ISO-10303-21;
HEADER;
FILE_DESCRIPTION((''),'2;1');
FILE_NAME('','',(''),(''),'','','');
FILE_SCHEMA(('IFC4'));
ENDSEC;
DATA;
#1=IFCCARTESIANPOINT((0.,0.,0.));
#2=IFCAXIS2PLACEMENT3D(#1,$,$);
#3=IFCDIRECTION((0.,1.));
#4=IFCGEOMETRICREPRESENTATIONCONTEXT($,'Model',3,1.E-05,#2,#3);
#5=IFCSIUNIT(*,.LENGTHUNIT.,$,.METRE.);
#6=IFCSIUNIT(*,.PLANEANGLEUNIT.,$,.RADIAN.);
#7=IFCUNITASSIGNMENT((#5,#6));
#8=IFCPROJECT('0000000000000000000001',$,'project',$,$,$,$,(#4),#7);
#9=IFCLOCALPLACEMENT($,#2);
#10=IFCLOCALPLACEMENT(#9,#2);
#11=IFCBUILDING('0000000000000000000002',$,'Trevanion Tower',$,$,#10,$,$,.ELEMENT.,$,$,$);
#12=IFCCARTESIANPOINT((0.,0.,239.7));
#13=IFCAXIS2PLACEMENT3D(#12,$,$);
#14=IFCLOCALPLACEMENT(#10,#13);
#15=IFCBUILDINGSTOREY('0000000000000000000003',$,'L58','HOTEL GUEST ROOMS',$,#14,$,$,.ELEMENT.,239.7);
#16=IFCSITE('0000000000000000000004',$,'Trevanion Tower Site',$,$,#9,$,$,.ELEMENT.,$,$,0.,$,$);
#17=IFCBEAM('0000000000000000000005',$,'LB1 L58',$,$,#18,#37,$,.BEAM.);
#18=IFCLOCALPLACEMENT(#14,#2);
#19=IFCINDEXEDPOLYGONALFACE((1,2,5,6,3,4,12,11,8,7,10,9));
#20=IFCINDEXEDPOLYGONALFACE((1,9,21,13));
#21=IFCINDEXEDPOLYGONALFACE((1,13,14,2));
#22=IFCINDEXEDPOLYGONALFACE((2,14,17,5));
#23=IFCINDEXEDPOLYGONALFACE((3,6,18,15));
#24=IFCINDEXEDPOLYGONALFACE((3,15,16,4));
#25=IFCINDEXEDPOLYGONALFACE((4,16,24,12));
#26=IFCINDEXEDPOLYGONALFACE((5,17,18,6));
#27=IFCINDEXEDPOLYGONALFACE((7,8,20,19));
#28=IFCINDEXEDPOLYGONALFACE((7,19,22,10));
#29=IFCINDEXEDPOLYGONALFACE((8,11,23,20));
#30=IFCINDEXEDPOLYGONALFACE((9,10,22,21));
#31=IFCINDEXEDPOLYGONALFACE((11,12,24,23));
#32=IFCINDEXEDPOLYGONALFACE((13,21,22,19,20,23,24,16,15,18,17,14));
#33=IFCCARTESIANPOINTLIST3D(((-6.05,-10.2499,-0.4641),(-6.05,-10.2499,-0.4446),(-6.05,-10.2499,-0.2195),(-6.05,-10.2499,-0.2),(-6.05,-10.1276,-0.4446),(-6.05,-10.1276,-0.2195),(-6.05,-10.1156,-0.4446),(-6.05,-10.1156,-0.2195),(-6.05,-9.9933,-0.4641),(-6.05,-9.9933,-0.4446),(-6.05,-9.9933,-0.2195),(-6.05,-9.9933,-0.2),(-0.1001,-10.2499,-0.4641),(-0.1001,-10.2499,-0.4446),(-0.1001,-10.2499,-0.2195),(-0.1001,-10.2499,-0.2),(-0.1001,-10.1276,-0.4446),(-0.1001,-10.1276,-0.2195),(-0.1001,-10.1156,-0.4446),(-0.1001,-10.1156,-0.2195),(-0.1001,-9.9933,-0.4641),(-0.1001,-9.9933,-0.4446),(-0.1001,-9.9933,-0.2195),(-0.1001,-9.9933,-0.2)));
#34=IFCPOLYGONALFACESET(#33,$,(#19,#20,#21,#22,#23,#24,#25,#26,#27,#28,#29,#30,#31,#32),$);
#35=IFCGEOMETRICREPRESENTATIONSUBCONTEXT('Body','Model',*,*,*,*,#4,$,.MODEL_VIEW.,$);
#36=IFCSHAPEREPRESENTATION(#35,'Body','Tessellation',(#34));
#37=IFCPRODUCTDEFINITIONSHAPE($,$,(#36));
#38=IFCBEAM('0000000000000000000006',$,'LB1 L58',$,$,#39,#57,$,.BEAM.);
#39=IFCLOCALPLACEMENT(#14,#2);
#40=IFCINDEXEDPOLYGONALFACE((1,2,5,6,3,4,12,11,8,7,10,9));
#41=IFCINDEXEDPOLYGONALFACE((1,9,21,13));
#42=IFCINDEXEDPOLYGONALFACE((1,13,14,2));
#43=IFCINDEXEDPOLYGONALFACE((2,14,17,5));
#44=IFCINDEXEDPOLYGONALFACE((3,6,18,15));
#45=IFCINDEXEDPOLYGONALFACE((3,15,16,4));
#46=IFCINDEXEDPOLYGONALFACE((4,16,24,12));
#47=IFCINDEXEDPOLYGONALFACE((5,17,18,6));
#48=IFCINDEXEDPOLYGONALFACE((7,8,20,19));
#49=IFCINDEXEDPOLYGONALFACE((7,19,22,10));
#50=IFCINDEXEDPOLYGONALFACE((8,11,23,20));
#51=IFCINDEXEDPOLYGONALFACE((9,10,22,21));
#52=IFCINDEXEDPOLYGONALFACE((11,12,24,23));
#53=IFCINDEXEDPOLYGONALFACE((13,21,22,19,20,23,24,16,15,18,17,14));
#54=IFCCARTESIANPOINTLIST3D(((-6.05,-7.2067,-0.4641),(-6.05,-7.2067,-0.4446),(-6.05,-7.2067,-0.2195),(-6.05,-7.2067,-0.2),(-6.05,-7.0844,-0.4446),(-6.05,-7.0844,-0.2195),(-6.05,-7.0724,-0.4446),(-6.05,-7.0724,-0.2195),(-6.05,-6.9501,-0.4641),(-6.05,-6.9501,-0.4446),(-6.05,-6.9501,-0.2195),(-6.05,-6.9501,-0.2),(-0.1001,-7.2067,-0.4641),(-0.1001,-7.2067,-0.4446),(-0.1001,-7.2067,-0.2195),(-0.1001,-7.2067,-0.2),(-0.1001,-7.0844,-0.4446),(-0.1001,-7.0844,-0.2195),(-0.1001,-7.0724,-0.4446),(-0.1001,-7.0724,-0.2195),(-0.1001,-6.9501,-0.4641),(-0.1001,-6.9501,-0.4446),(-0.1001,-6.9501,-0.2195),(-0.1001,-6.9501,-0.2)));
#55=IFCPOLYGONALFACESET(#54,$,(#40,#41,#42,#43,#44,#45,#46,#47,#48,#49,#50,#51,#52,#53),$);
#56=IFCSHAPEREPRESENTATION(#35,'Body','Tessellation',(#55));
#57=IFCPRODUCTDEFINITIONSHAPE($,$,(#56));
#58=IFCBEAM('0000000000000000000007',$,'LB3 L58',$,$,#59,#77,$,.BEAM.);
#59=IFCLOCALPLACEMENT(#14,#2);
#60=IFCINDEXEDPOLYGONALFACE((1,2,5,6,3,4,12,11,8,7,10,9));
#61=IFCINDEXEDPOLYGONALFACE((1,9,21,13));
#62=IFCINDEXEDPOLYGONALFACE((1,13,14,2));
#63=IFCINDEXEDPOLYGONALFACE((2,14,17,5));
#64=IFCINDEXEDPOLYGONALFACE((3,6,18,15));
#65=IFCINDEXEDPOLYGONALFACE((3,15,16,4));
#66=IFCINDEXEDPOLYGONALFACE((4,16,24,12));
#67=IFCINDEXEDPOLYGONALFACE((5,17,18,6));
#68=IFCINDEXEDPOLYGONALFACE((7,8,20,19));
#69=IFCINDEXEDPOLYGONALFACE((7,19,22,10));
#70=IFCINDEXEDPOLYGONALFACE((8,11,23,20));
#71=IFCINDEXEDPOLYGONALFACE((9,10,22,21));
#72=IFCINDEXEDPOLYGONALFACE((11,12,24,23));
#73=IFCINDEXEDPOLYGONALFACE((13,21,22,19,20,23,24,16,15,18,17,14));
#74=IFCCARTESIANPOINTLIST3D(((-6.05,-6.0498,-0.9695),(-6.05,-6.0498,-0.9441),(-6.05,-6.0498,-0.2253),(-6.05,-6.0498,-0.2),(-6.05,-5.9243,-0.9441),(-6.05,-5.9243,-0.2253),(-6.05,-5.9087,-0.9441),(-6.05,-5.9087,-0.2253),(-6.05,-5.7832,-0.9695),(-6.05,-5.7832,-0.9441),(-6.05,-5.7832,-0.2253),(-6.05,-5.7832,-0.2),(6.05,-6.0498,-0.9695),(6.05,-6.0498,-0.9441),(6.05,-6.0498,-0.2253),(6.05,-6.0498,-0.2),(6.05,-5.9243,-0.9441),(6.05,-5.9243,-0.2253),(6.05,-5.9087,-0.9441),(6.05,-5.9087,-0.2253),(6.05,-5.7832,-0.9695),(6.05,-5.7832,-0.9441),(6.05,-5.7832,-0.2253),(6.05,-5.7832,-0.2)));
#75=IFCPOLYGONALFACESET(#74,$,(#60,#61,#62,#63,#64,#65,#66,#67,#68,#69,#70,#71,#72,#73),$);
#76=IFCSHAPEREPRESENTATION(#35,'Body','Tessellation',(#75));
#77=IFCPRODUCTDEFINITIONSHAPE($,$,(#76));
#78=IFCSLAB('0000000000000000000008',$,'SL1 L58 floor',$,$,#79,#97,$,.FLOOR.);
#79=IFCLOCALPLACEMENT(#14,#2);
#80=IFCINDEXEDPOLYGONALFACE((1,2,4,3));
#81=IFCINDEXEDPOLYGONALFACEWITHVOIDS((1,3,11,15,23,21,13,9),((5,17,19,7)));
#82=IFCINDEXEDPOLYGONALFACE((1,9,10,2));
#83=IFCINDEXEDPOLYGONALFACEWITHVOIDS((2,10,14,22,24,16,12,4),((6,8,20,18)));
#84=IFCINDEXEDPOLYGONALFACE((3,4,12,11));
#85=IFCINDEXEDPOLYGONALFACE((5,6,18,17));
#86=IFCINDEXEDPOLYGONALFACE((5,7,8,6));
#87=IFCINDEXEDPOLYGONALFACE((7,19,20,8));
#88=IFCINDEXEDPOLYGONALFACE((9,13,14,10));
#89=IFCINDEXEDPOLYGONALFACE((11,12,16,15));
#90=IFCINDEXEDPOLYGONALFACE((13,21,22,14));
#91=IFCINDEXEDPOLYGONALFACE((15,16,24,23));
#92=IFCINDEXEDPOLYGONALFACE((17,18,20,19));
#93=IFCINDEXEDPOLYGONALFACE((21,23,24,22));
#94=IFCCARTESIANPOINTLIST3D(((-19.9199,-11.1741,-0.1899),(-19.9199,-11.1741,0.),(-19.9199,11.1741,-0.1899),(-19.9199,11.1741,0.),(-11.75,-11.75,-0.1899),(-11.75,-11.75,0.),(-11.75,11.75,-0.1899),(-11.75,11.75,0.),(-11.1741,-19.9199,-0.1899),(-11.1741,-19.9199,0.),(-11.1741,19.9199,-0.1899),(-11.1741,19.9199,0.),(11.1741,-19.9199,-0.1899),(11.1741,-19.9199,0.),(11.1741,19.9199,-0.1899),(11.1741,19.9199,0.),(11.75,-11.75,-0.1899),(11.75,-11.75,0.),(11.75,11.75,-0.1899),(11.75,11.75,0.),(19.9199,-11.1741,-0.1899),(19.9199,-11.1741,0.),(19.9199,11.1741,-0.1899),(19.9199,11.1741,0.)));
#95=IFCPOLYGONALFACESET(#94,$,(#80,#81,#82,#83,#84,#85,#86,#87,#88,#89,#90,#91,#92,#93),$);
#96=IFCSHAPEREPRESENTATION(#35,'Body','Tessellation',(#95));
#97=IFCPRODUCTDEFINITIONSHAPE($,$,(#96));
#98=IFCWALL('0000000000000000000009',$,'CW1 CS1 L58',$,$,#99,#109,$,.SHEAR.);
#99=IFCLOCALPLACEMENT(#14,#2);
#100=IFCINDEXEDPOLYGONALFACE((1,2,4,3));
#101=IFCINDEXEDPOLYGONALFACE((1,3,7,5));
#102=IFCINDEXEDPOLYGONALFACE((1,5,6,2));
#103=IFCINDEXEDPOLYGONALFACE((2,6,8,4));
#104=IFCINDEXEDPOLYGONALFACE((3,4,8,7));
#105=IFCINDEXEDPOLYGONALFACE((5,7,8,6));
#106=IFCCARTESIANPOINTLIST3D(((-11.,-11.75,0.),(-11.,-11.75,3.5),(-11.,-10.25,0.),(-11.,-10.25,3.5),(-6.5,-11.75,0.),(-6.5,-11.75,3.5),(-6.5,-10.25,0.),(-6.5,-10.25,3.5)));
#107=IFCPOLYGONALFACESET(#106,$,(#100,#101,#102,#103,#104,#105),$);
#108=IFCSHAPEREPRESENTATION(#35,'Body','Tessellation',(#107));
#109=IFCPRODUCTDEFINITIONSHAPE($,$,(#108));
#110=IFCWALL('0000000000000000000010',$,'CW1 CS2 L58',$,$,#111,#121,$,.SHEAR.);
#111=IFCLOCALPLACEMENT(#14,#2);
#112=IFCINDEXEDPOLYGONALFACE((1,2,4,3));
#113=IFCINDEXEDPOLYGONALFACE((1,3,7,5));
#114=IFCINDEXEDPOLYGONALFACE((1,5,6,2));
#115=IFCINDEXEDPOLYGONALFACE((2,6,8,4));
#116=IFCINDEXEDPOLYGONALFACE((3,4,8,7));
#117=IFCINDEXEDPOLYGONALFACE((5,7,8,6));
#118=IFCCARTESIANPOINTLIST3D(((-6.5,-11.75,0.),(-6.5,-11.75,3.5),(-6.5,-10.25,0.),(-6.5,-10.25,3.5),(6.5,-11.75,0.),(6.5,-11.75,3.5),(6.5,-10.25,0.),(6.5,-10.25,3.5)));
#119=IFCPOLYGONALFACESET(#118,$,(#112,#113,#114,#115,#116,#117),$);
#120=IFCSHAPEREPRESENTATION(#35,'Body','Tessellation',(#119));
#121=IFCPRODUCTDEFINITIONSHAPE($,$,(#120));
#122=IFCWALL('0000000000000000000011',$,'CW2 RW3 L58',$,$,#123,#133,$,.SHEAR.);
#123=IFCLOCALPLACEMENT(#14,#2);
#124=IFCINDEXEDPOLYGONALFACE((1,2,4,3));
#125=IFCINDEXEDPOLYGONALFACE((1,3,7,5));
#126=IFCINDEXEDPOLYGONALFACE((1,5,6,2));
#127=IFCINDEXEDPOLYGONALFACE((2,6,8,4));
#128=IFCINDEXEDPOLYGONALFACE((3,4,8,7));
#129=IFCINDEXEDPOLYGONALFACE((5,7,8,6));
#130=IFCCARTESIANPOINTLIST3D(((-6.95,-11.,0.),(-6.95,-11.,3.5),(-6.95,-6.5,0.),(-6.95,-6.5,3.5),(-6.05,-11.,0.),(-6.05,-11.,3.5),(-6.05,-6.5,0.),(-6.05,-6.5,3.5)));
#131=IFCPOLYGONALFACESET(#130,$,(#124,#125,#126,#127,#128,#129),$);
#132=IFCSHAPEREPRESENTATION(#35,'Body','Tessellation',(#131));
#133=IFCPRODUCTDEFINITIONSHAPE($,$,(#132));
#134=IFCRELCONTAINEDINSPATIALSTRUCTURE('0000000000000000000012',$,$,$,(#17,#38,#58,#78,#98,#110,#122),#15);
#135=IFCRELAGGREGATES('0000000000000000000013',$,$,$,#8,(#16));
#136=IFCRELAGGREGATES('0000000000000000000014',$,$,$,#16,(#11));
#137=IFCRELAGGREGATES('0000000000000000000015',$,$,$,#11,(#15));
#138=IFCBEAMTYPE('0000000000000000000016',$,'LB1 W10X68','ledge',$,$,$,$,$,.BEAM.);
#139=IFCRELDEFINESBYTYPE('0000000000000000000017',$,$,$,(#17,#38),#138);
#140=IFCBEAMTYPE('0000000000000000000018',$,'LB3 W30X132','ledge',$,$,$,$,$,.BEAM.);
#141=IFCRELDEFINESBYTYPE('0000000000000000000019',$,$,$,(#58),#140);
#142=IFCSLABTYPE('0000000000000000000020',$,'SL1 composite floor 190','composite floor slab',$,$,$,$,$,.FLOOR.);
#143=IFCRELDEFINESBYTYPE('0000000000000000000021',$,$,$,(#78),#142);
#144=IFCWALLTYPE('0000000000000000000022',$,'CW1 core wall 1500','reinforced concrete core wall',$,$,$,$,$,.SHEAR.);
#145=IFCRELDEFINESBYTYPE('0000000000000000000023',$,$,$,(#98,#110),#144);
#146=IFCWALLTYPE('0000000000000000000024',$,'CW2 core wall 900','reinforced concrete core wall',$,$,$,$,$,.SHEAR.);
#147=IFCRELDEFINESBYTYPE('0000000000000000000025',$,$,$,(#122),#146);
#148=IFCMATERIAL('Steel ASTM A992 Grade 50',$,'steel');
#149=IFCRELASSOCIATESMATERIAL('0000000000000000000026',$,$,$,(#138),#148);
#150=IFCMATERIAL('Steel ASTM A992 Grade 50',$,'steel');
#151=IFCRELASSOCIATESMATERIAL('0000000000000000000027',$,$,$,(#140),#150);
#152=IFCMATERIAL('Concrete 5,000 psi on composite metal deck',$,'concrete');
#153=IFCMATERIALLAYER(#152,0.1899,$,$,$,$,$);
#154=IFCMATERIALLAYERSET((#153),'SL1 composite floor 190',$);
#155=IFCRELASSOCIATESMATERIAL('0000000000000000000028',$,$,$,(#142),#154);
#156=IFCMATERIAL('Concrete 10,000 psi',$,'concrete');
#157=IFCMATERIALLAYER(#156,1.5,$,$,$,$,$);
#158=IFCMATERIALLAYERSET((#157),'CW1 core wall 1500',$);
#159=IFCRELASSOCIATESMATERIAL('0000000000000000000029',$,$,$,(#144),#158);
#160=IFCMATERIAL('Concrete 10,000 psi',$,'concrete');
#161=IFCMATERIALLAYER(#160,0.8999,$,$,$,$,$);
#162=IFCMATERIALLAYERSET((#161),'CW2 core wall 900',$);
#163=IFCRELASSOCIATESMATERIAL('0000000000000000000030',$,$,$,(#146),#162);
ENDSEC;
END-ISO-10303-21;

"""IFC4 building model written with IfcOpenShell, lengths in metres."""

from ifc_helpers import new_model, si_unit, direction, frame, frame_2d, origin, origin_2d, place, context, subcontext, project, spatial, polyline, rectangle, i_section, outline, extrude, material, layer, layer_set, material_profile, profile_set, type_object, element, save


model = new_model("IFC4")

# Units and contexts
model_context = context("Model", 3, precision=1e-05, world=origin(), true_north=direction((0.0, 1.0)))
body_context = subcontext(model_context, "Body", "Model", "MODEL_VIEW")
ifc_project = project(units=[si_unit("LENGTHUNIT", "METRE"), si_unit("PLANEANGLEUNIT", "RADIAN")], contexts=[model_context])

# Site, building, storey
site_placement = place(None, origin())
site = spatial("IfcSite", under=ifc_project, at=site_placement, Name="Trevanion Tower Site", CompositionType="ELEMENT", RefElevation=0.0)
building_placement = place(site_placement, origin())
building = spatial("IfcBuilding", under=site, at=building_placement, Name="Trevanion Tower", CompositionType="ELEMENT")
storey_placement = place(building_placement, frame((0.0, 0.0, 239.7)))
storey = spatial("IfcBuildingStorey", under=building, at=storey_placement, Name="L58", Description="HOTEL GUEST ROOMS", CompositionType="ELEMENT", Elevation=239.7)

# Beams
ifc_material_1 = material(Name="Steel ASTM A992 Grade 50", Category="steel")
ifc_material_profile_1 = material_profile(ifc_material_1, i_section(OverallWidth=0.2566, OverallDepth=0.2642, WebThickness=0.012, FlangeThickness=0.0195, at=origin_2d()), Name="W10X68")
ifc_profile_set_1 = profile_set([ifc_material_profile_1], Name="Steel ASTM A992 Grade 50")
beam_type_1 = type_object("IfcBeamType", Name="LB1 W10X68", Description="ledge", PredefinedType="BEAM", material=ifc_profile_set_1)
for number, where, z_axis, x_axis, name in (
    (1, (-6.05, -10.1216, -0.332), (1.0, 0.0, 0.0), (0.0, 1.0, 0.0), "LB1 L58"),
    (2, (-6.05, -7.0784, -0.332), (1.0, 0.0, 0.0), (0.0, 1.0, 0.0), "LB1 L58"),
):
    element("IfcBeam", number, at=place(storey_placement, frame(where, z_axis=z_axis, x_axis=x_axis)), inside=storey, type_object=beam_type_1, Name=name, PredefinedType="BEAM", context=body_context, shape_type="SweptSolid", body=[
        extrude(i_section(OverallWidth=0.2566, OverallDepth=0.2642, WebThickness=0.012, FlangeThickness=0.0195, at=origin_2d()), origin(), (0.0, 0.0, 1.0), 5.95),
    ])
ifc_material_2 = material(Name="Steel ASTM A992 Grade 50", Category="steel")
ifc_material_profile_2 = material_profile(ifc_material_2, i_section(OverallWidth=0.2666, OverallDepth=0.7695, WebThickness=0.0156, FlangeThickness=0.0254, at=origin_2d()), Name="W30X132")
ifc_profile_set_2 = profile_set([ifc_material_profile_2], Name="Steel ASTM A992 Grade 50")
beam_type_2 = type_object("IfcBeamType", Name="LB3 W30X132", Description="ledge", PredefinedType="BEAM", material=ifc_profile_set_2)
beam_1_placement = place(storey_placement, frame((-6.05, -5.9165, -0.5847), z_axis=(1.0, 0.0, 0.0), x_axis=(0.0, 1.0, 0.0)))
element("IfcBeam", 3, at=beam_1_placement, inside=storey, type_object=beam_type_2, Name="LB3 L58", PredefinedType="BEAM", context=body_context, shape_type="SweptSolid", body=[
    extrude(i_section(OverallWidth=0.2666, OverallDepth=0.7695, WebThickness=0.0156, FlangeThickness=0.0254, at=origin_2d()), origin(), (0.0, 0.0, 1.0), 12.1001),
])

# Slab
ifc_material_3 = material(Name="Concrete 5,000 psi on composite metal deck", Category="concrete")
ifc_layer_1 = layer(ifc_material_3, 0.1899)
ifc_layer_set_1 = layer_set([ifc_layer_1], Name="SL1 composite floor 190")
slab_type = type_object("IfcSlabType", Name="SL1 composite floor 190", Description="composite floor slab", PredefinedType="FLOOR", material=ifc_layer_set_1)
slab_placement = place(storey_placement, frame((0.0, 0.0, -0.1899)))
element("IfcSlab", 4, at=slab_placement, inside=storey, type_object=slab_type, Name="SL1 L58 floor", PredefinedType="FLOOR", context=body_context, shape_type="SweptSolid", body=[
    extrude(outline(polyline([(19.9199, -11.1741), (19.9199, 11.1741), (11.1741, 19.9199), (-11.1741, 19.9199), (-19.9199, 11.1741), (-19.9199, -11.1741), (-11.1741, -19.9199), (11.1741, -19.9199), (19.9199, -11.1741)]), holes=[polyline([(11.75, -11.75), (11.75, 11.75), (-11.75, 11.75), (-11.75, -11.75), (11.75, -11.75)])]), origin(), (0.0, 0.0, 1.0), 0.1899),
])

# Walls
ifc_material_4 = material(Name="Concrete 10,000 psi", Category="concrete")
ifc_layer_2 = layer(ifc_material_4, 1.5)
ifc_layer_set_2 = layer_set([ifc_layer_2], Name="CW1 core wall 1500")
wall_type_1 = type_object("IfcWallType", Name="CW1 core wall 1500", Description="reinforced concrete core wall", PredefinedType="SHEAR", material=ifc_layer_set_2)
wall_1_placement = place(storey_placement, frame((-11.0, -11.0, 0.0), z_axis=(0.0, 0.0, 1.0), x_axis=(1.0, 0.0, 0.0)))
element("IfcWall", 5, at=wall_1_placement, inside=storey, type_object=wall_type_1, Name="CW1 CS1 L58", PredefinedType="SHEAR", context=body_context, shape_type="SweptSolid", body=[
    extrude(rectangle(XDim=4.5, YDim=1.5, at=frame_2d((2.25, 0.0))), origin(), (0.0, 0.0, 1.0), 3.5),
])
wall_2_placement = place(storey_placement, frame((-6.5, -11.0, 0.0), z_axis=(0.0, 0.0, 1.0), x_axis=(1.0, 0.0, 0.0)))
element("IfcWall", 6, at=wall_2_placement, inside=storey, type_object=wall_type_1, Name="CW1 CS2 L58", PredefinedType="SHEAR", context=body_context, shape_type="SweptSolid", body=[
    extrude(rectangle(XDim=13.0, YDim=1.5, at=frame_2d((6.5, 0.0))), origin(), (0.0, 0.0, 1.0), 3.5),
])
ifc_material_5 = material(Name="Concrete 10,000 psi", Category="concrete")
ifc_layer_3 = layer(ifc_material_5, 0.8999)
ifc_layer_set_3 = layer_set([ifc_layer_3], Name="CW2 core wall 900")
wall_type_2 = type_object("IfcWallType", Name="CW2 core wall 900", Description="reinforced concrete core wall", PredefinedType="SHEAR", material=ifc_layer_set_3)
wall_3_placement = place(storey_placement, frame((-6.5, -6.5, 0.0), z_axis=(0.0, 0.0, 1.0), x_axis=(0.0, -1.0, 0.0)))
element("IfcWall", 7, at=wall_3_placement, inside=storey, type_object=wall_type_2, Name="CW2 RW3 L58", PredefinedType="SHEAR", context=body_context, shape_type="SweptSolid", body=[
    extrude(rectangle(XDim=4.5, YDim=0.8999, at=frame_2d((2.25, 0.0))), origin(), (0.0, 0.0, 1.0), 3.5),
])

save(model, "model.ifc")
